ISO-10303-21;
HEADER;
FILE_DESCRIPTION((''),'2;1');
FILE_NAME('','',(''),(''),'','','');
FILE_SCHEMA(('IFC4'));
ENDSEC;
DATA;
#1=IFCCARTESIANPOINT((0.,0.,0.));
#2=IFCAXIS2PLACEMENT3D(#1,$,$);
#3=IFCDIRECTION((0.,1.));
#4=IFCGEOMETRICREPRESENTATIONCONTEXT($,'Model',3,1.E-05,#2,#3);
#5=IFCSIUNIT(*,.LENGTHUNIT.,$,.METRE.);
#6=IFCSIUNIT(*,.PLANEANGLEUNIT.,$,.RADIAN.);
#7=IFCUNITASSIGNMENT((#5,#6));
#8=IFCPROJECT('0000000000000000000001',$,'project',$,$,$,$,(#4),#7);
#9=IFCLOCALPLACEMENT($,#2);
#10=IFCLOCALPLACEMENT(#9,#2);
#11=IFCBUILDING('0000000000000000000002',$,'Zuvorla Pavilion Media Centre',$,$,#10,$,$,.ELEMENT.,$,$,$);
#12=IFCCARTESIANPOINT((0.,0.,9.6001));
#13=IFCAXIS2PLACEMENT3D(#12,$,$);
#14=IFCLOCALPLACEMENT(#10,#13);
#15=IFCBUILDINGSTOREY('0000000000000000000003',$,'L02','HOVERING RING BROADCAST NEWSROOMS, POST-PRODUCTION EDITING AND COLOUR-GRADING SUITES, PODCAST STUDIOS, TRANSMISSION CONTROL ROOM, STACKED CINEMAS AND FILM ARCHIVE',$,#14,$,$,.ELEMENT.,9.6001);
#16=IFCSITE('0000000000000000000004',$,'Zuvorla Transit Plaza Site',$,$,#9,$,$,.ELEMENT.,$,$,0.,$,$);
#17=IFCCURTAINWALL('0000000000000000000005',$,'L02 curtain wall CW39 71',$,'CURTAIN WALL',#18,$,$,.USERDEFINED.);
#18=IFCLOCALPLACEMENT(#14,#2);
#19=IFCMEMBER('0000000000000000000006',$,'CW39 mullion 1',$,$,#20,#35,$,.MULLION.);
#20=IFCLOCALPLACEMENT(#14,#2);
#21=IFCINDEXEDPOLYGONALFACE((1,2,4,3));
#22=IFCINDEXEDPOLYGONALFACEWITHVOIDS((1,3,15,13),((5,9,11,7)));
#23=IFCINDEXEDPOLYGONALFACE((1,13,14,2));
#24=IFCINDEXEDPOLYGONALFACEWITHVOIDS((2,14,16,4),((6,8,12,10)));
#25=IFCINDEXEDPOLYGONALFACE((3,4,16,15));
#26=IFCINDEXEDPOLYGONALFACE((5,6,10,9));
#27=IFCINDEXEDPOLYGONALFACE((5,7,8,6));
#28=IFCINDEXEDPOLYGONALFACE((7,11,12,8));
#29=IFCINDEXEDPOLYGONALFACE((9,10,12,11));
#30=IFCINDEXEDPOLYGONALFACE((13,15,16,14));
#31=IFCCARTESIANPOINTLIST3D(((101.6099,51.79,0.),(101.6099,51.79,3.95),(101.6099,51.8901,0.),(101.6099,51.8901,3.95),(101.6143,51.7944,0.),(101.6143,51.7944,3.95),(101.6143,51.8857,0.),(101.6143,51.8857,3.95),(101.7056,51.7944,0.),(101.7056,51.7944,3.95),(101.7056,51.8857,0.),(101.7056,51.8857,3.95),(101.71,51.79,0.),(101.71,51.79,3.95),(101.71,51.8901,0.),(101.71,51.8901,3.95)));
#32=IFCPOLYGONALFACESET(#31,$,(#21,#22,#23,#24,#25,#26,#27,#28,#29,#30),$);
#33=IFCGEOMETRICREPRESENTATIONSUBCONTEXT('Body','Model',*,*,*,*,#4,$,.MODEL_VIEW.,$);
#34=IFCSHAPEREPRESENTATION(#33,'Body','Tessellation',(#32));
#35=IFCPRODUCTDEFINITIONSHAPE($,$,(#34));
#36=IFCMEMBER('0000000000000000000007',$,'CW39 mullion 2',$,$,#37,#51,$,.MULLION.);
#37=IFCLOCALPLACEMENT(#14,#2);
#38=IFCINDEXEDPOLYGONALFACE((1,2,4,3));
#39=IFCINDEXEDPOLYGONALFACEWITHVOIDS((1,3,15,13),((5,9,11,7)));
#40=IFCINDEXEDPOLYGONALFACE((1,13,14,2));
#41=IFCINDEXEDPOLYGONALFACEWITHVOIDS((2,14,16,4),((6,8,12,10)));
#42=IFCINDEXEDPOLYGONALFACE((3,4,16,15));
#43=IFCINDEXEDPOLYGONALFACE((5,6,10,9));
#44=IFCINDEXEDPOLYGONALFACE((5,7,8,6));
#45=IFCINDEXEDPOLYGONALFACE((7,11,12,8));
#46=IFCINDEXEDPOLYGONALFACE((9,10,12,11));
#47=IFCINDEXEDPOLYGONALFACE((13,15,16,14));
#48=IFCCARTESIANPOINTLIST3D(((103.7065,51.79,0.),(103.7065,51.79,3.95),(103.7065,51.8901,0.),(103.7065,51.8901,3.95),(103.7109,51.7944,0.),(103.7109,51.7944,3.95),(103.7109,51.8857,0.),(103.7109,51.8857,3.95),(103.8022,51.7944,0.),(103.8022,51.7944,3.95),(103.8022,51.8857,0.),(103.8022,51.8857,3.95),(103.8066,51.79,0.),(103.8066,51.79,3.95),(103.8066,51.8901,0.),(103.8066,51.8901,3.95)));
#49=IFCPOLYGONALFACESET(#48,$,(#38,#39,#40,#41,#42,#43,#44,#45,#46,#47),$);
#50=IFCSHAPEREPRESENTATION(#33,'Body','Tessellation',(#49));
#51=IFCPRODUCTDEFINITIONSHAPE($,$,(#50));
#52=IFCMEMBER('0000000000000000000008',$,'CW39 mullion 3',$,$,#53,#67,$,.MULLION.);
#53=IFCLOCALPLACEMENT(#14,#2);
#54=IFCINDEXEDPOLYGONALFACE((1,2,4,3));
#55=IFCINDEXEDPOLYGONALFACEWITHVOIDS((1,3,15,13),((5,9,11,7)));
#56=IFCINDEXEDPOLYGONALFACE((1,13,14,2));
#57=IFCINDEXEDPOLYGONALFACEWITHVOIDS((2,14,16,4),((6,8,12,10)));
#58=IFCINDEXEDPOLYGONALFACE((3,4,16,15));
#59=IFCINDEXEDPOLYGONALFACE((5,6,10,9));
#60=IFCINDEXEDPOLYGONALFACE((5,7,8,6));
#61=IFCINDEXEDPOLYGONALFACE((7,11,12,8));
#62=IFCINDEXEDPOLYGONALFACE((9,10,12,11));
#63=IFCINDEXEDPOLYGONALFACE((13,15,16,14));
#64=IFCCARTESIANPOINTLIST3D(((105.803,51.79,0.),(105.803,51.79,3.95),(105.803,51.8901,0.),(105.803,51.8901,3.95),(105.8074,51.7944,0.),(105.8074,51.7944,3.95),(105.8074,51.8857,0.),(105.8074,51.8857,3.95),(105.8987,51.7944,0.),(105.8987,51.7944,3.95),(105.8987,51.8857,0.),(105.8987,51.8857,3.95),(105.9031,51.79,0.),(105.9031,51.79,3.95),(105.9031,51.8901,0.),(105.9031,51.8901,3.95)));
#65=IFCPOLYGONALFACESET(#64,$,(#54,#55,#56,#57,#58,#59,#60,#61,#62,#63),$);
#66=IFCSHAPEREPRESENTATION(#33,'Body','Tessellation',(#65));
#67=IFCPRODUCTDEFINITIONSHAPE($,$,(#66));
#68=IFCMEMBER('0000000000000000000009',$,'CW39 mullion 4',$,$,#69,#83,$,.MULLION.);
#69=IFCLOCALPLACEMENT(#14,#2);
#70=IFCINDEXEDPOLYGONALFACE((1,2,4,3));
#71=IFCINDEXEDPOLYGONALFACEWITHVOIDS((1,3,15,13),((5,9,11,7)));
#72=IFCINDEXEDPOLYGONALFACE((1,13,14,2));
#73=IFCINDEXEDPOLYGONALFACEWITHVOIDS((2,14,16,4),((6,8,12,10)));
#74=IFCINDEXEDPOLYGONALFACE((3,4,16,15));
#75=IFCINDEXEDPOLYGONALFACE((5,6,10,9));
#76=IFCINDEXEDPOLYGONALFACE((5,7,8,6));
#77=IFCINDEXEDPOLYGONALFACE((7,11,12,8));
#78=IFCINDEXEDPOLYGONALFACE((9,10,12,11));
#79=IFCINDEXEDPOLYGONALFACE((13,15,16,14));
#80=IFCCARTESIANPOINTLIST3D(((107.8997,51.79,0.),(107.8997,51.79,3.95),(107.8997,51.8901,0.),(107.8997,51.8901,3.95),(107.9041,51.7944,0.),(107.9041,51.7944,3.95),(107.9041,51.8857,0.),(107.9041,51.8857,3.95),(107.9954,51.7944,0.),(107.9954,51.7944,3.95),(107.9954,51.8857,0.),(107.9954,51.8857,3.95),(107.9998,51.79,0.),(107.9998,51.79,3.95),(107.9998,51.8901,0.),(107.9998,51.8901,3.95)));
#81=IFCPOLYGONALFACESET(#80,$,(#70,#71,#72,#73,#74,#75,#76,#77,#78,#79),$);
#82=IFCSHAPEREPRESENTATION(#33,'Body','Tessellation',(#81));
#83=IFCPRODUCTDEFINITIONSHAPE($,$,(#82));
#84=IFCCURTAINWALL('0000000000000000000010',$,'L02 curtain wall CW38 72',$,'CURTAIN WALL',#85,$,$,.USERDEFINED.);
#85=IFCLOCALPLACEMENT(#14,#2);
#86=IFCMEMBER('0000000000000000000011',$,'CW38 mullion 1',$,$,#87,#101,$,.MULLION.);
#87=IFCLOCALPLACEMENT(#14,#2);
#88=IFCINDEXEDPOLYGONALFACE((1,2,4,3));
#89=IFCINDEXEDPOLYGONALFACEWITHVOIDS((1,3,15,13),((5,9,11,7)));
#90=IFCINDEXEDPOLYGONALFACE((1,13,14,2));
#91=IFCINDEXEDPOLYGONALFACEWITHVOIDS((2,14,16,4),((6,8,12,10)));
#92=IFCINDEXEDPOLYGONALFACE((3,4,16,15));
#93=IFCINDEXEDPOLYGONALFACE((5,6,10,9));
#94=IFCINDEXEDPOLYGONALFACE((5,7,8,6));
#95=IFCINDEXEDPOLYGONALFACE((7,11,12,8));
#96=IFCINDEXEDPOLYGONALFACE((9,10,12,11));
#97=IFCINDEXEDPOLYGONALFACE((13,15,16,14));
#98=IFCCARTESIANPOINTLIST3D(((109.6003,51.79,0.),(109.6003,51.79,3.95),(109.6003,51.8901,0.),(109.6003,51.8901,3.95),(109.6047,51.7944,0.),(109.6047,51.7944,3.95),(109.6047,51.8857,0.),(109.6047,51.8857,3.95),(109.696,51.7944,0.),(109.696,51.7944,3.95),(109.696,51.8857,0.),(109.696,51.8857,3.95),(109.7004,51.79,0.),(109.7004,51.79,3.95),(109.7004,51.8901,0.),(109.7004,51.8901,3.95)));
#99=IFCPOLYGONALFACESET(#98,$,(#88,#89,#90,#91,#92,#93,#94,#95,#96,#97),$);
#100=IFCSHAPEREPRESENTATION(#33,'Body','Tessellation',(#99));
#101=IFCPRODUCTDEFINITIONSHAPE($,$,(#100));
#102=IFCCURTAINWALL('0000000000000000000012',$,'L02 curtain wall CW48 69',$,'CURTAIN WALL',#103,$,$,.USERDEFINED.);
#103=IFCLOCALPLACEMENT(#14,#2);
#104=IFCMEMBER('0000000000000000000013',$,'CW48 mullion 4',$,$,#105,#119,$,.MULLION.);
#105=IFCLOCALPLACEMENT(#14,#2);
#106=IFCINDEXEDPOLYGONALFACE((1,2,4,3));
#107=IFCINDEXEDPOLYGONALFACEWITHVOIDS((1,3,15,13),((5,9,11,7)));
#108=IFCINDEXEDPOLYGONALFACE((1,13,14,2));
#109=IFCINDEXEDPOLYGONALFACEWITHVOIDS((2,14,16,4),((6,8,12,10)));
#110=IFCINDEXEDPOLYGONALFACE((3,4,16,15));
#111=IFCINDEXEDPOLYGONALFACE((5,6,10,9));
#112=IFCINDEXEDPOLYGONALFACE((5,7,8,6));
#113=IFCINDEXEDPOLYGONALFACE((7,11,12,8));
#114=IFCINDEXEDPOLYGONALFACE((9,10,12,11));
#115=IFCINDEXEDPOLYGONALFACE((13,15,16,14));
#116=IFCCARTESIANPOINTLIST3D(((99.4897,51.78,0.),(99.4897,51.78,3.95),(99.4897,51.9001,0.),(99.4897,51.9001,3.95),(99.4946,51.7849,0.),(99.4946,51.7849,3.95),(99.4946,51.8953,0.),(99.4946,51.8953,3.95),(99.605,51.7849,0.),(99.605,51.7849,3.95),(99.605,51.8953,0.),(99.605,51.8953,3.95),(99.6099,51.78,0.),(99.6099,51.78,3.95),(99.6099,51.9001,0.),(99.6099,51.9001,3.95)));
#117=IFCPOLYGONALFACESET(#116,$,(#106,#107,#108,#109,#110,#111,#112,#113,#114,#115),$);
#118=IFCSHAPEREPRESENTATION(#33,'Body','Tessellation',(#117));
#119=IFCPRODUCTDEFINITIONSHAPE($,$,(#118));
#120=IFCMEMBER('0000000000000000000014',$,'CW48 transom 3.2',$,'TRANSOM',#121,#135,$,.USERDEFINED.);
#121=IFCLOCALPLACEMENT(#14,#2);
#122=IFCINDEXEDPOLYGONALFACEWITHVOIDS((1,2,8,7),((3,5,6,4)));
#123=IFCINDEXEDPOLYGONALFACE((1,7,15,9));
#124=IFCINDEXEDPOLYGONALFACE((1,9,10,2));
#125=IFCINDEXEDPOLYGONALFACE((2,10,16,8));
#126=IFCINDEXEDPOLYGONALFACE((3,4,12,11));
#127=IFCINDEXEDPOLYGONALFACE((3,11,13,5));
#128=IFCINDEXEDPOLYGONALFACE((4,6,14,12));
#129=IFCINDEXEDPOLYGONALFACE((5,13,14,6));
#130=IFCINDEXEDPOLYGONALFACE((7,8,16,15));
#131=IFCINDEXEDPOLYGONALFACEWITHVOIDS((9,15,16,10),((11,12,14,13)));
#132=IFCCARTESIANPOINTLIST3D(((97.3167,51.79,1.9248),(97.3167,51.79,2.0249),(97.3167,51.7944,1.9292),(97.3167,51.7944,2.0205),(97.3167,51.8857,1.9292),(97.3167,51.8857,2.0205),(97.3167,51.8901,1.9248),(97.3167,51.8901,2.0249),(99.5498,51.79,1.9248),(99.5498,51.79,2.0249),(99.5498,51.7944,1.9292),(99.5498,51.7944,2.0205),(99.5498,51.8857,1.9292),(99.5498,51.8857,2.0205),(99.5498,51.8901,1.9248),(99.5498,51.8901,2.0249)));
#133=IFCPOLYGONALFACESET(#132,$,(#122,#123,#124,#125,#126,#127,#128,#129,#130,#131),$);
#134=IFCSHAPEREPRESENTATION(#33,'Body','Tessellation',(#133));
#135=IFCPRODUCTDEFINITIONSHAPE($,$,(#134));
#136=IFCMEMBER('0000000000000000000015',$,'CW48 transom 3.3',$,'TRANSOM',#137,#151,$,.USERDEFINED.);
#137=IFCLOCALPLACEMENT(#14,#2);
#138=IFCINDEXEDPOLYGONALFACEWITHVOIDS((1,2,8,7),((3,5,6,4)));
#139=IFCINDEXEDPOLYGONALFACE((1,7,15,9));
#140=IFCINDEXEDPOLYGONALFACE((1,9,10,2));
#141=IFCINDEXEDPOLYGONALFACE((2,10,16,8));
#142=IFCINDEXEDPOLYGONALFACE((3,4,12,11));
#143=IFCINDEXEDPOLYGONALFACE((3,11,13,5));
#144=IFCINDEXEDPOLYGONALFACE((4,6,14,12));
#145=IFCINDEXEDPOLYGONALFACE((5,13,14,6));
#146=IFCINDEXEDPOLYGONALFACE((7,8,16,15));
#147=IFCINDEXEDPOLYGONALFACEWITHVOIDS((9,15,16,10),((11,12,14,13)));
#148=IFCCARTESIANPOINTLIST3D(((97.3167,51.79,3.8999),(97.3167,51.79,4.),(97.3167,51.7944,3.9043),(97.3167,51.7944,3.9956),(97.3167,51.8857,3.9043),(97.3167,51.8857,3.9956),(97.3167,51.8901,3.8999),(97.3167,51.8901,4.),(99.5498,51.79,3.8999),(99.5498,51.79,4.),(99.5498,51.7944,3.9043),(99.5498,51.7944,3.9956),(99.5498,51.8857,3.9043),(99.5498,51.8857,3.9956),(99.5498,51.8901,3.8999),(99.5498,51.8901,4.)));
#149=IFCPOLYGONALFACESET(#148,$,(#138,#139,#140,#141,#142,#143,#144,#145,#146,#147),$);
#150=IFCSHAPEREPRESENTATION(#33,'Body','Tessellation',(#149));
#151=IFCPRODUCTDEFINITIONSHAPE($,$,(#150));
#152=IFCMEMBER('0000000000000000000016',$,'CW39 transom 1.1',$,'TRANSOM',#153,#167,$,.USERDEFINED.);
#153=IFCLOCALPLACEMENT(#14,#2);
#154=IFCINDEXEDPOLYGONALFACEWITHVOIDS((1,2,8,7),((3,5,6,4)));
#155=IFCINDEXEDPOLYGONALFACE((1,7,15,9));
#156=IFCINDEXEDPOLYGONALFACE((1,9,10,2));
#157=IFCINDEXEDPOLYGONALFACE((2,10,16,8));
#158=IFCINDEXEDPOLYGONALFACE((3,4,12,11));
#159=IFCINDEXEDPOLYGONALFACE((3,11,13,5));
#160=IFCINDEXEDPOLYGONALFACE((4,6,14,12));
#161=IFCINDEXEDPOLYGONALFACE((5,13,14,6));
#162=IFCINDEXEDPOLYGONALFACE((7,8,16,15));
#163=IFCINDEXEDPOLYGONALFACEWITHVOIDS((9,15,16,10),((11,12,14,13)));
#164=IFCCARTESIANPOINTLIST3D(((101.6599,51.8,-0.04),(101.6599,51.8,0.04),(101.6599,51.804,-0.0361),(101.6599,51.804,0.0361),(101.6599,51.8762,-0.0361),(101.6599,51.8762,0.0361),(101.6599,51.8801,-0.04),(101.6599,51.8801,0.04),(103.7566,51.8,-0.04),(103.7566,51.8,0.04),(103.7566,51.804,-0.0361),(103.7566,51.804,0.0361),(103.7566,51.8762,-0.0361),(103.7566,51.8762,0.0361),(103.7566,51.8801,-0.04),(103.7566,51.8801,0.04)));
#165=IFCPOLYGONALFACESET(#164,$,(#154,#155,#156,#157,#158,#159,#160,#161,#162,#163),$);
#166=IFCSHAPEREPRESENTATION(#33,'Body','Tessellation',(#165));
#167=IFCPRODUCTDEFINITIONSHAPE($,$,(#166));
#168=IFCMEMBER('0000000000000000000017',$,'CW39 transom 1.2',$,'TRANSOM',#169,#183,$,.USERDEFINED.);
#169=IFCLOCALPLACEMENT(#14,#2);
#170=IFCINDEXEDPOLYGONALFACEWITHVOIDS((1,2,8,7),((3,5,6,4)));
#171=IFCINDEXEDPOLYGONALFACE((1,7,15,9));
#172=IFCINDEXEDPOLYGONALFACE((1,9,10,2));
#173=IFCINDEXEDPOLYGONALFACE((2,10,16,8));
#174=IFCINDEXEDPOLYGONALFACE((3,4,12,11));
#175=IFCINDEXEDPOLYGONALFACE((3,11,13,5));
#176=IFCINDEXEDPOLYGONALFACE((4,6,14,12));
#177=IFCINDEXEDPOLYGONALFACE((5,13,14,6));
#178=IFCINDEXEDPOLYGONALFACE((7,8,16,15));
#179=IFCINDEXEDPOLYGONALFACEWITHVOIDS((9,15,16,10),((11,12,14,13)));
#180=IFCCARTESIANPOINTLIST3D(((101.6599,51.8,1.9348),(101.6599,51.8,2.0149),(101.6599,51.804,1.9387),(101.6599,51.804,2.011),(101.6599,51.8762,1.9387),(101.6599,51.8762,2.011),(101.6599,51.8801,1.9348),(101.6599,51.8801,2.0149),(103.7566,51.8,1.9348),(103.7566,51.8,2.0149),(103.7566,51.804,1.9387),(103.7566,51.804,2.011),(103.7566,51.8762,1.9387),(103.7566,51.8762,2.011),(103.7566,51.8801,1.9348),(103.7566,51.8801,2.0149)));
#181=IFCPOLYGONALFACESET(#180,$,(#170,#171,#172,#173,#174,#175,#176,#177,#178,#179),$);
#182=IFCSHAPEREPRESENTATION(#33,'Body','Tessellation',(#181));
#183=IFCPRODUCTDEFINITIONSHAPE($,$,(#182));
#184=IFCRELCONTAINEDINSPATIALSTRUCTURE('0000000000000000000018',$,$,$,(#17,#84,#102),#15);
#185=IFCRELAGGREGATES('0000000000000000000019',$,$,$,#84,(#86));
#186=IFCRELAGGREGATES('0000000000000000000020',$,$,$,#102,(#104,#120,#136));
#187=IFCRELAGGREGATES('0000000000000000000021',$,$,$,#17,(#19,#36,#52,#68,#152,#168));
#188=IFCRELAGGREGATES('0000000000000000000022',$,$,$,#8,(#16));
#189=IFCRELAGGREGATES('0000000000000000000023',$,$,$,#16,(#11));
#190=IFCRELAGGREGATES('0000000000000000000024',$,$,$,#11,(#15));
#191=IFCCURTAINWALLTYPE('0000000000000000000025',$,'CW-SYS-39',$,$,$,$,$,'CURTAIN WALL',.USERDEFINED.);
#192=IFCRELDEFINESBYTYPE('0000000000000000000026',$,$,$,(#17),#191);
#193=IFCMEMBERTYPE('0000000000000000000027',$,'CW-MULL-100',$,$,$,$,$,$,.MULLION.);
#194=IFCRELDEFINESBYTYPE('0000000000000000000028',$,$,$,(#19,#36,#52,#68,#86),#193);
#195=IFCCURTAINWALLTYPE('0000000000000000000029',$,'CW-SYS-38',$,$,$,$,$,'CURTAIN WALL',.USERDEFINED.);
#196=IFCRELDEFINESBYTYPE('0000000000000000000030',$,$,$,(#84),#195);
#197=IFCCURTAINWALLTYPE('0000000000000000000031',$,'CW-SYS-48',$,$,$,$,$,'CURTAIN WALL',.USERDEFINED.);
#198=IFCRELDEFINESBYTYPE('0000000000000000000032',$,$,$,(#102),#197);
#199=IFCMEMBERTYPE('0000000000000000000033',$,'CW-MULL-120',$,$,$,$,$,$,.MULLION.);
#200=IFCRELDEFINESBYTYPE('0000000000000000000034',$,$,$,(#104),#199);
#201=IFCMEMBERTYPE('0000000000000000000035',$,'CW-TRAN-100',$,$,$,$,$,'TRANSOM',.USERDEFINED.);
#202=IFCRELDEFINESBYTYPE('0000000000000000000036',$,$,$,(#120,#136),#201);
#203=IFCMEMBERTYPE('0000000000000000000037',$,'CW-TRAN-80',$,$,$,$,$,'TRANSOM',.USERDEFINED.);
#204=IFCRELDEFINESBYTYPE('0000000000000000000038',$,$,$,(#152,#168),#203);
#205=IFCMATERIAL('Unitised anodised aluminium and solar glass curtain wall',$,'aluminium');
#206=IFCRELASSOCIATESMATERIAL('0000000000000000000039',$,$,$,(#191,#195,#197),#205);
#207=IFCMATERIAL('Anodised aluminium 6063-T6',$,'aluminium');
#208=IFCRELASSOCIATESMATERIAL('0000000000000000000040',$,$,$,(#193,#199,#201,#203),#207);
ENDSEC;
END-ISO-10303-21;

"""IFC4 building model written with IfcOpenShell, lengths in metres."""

from ifc_helpers import new_model, si_unit, direction, frame, origin, origin_2d, place, context, subcontext, project, spatial, hollow_rectangle, extrude, material, material_profile, profile_set, type_object, element, aggregate, save


model = new_model("IFC4")

# Units and contexts
model_context = context("Model", 3, precision=1e-05, world=origin(), true_north=direction((0.0, 1.0)))
body_context = subcontext(model_context, "Body", "Model", "MODEL_VIEW")
ifc_project = project(units=[si_unit("LENGTHUNIT", "METRE"), si_unit("PLANEANGLEUNIT", "RADIAN")], contexts=[model_context])

# Site, building, storey
site_placement = place(None, origin())
site = spatial("IfcSite", under=ifc_project, at=site_placement, Name="Zuvorla Transit Plaza Site", CompositionType="ELEMENT", RefElevation=0.0)
building_placement = place(site_placement, origin())
building = spatial("IfcBuilding", under=site, at=building_placement, Name="Zuvorla Pavilion Media Centre", CompositionType="ELEMENT")
storey_placement = place(building_placement, frame((0.0, 0.0, 9.6001)))
storey = spatial("IfcBuildingStorey", under=building, at=storey_placement, Name="L02", Description="HOVERING RING BROADCAST NEWSROOMS, POST-PRODUCTION EDITING AND COLOUR-GRADING SUITES, PODCAST STUDIOS, TRANSMISSION CONTROL ROOM, STACKED CINEMAS AND FILM ARCHIVE", CompositionType="ELEMENT", Elevation=9.6001)

# Curtain wall, members
ifc_material_1 = material(Name="Unitised anodised aluminium and solar glass curtain wall", Category="aluminium")
curtain_wall_type_1 = type_object("IfcCurtainWallType", Name="CW-SYS-39", ElementType="CURTAIN WALL", PredefinedType="USERDEFINED", material=ifc_material_1)
curtain_wall_1_placement = place(storey_placement, origin())
curtain_wall_1 = element("IfcCurtainWall", 1, at=curtain_wall_1_placement, inside=storey, type_object=curtain_wall_type_1, Name="L02 curtain wall CW39 71", ObjectType="CURTAIN WALL", PredefinedType="USERDEFINED")
ifc_material_2 = material(Name="Anodised aluminium 6063-T6", Category="aluminium")
ifc_material_profile_1 = material_profile(ifc_material_2, hollow_rectangle(XDim=0.1001, YDim=0.1001, WallThickness=0.0044, at=origin_2d()), Name="ALU MULL 100x100")
ifc_profile_set_1 = profile_set([ifc_material_profile_1], Name="Anodised aluminium 6063-T6")
member_type_1 = type_object("IfcMemberType", Name="CW-MULL-100", PredefinedType="MULLION", material=ifc_profile_set_1)
member_1_placement = place(storey_placement, frame((101.6599, 51.8401, 0.0), z_axis=(0.0, 0.0, 1.0), x_axis=(1.0, 0.0, 0.0)))
member_1 = element("IfcMember", 2, at=member_1_placement, type_object=member_type_1, Name="CW39 mullion 1", PredefinedType="MULLION", context=body_context, shape_type="SweptSolid", body=[
    extrude(hollow_rectangle(XDim=0.1001, YDim=0.1001, WallThickness=0.0044, at=origin_2d()), origin(), (0.0, 0.0, 1.0), 3.95),
])
member_2_placement = place(storey_placement, frame((103.7566, 51.8401, 0.0), z_axis=(0.0, 0.0, 1.0), x_axis=(1.0, 0.0, 0.0)))
member_2 = element("IfcMember", 3, at=member_2_placement, type_object=member_type_1, Name="CW39 mullion 2", PredefinedType="MULLION", context=body_context, shape_type="SweptSolid", body=[
    extrude(hollow_rectangle(XDim=0.1001, YDim=0.1001, WallThickness=0.0044, at=origin_2d()), origin(), (0.0, 0.0, 1.0), 3.95),
])
member_3_placement = place(storey_placement, frame((105.853, 51.8401, 0.0), z_axis=(0.0, 0.0, 1.0), x_axis=(1.0, 0.0, 0.0)))
member_3 = element("IfcMember", 4, at=member_3_placement, type_object=member_type_1, Name="CW39 mullion 3", PredefinedType="MULLION", context=body_context, shape_type="SweptSolid", body=[
    extrude(hollow_rectangle(XDim=0.1001, YDim=0.1001, WallThickness=0.0044, at=origin_2d()), origin(), (0.0, 0.0, 1.0), 3.95),
])
member_4_placement = place(storey_placement, frame((107.9497, 51.8401, 0.0), z_axis=(0.0, 0.0, 1.0), x_axis=(1.0, 0.0, 0.0)))
member_4 = element("IfcMember", 5, at=member_4_placement, type_object=member_type_1, Name="CW39 mullion 4", PredefinedType="MULLION", context=body_context, shape_type="SweptSolid", body=[
    extrude(hollow_rectangle(XDim=0.1001, YDim=0.1001, WallThickness=0.0044, at=origin_2d()), origin(), (0.0, 0.0, 1.0), 3.95),
])

# Curtain wall, member
curtain_wall_type_2 = type_object("IfcCurtainWallType", Name="CW-SYS-38", ElementType="CURTAIN WALL", PredefinedType="USERDEFINED", material=ifc_material_1)
curtain_wall_2_placement = place(storey_placement, origin())
curtain_wall_2 = element("IfcCurtainWall", 6, at=curtain_wall_2_placement, inside=storey, type_object=curtain_wall_type_2, Name="L02 curtain wall CW38 72", ObjectType="CURTAIN WALL", PredefinedType="USERDEFINED")
member_5_placement = place(storey_placement, frame((109.6504, 51.8401, 0.0), z_axis=(0.0, 0.0, 1.0), x_axis=(1.0, 0.0, 0.0)))
member_5 = element("IfcMember", 7, at=member_5_placement, type_object=member_type_1, Name="CW38 mullion 1", PredefinedType="MULLION", context=body_context, shape_type="SweptSolid", body=[
    extrude(hollow_rectangle(XDim=0.1001, YDim=0.1001, WallThickness=0.0044, at=origin_2d()), origin(), (0.0, 0.0, 1.0), 3.95),
])

# Curtain wall, members
curtain_wall_type_3 = type_object("IfcCurtainWallType", Name="CW-SYS-48", ElementType="CURTAIN WALL", PredefinedType="USERDEFINED", material=ifc_material_1)
curtain_wall_3_placement = place(storey_placement, origin())
curtain_wall_3 = element("IfcCurtainWall", 8, at=curtain_wall_3_placement, inside=storey, type_object=curtain_wall_type_3, Name="L02 curtain wall CW48 69", ObjectType="CURTAIN WALL", PredefinedType="USERDEFINED")
ifc_material_profile_2 = material_profile(ifc_material_2, hollow_rectangle(XDim=0.1201, YDim=0.1201, WallThickness=0.0049, at=origin_2d()), Name="ALU MULL 120x120")
ifc_profile_set_2 = profile_set([ifc_material_profile_2], Name="Anodised aluminium 6063-T6")
member_type_2 = type_object("IfcMemberType", Name="CW-MULL-120", PredefinedType="MULLION", material=ifc_profile_set_2)
member_6_placement = place(storey_placement, frame((99.5498, 51.8401, 0.0), z_axis=(0.0, 0.0, 1.0), x_axis=(1.0, 0.0, 0.0)))
member_6 = element("IfcMember", 9, at=member_6_placement, type_object=member_type_2, Name="CW48 mullion 4", PredefinedType="MULLION", context=body_context, shape_type="SweptSolid", body=[
    extrude(hollow_rectangle(XDim=0.1201, YDim=0.1201, WallThickness=0.0049, at=origin_2d()), origin(), (0.0, 0.0, 1.0), 3.95),
])
ifc_material_profile_3 = material_profile(ifc_material_2, hollow_rectangle(XDim=0.1001, YDim=0.1001, WallThickness=0.0044, at=origin_2d()), Name="ALU TRAN 100x100")
ifc_profile_set_3 = profile_set([ifc_material_profile_3], Name="Anodised aluminium 6063-T6")
member_type_3 = type_object("IfcMemberType", Name="CW-TRAN-100", ElementType="TRANSOM", PredefinedType="USERDEFINED", material=ifc_profile_set_3)
member_7_placement = place(storey_placement, frame((97.3167, 51.8401, 1.9749), z_axis=(1.0, 0.0, 0.0), x_axis=(0.0, 1.0, 0.0)))
member_7 = element("IfcMember", 10, at=member_7_placement, type_object=member_type_3, Name="CW48 transom 3.2", ObjectType="TRANSOM", PredefinedType="USERDEFINED", context=body_context, shape_type="SweptSolid", body=[
    extrude(hollow_rectangle(XDim=0.1001, YDim=0.1001, WallThickness=0.0044, at=origin_2d()), origin(), (0.0, 0.0, 1.0), 2.2332),
])
member_8_placement = place(storey_placement, frame((97.3167, 51.8401, 3.95), z_axis=(1.0, 0.0, 0.0), x_axis=(0.0, 1.0, 0.0)))
member_8 = element("IfcMember", 11, at=member_8_placement, type_object=member_type_3, Name="CW48 transom 3.3", ObjectType="TRANSOM", PredefinedType="USERDEFINED", context=body_context, shape_type="SweptSolid", body=[
    extrude(hollow_rectangle(XDim=0.1001, YDim=0.1001, WallThickness=0.0044, at=origin_2d()), origin(), (0.0, 0.0, 1.0), 2.2332),
])

# Members
ifc_material_profile_4 = material_profile(ifc_material_2, hollow_rectangle(XDim=0.0801, YDim=0.0801, WallThickness=0.0039, at=origin_2d()), Name="ALU TRAN 80x80")
ifc_profile_set_4 = profile_set([ifc_material_profile_4], Name="Anodised aluminium 6063-T6")
member_type_4 = type_object("IfcMemberType", Name="CW-TRAN-80", ElementType="TRANSOM", PredefinedType="USERDEFINED", material=ifc_profile_set_4)
member_9_placement = place(storey_placement, frame((101.6599, 51.8401, 0.0), z_axis=(1.0, 0.0, 0.0), x_axis=(0.0, 1.0, 0.0)))
member_9 = element("IfcMember", 12, at=member_9_placement, type_object=member_type_4, Name="CW39 transom 1.1", ObjectType="TRANSOM", PredefinedType="USERDEFINED", context=body_context, shape_type="SweptSolid", body=[
    extrude(hollow_rectangle(XDim=0.0801, YDim=0.0801, WallThickness=0.0039, at=origin_2d()), origin(), (0.0, 0.0, 1.0), 2.0967),
])
member_10_placement = place(storey_placement, frame((101.6599, 51.8401, 1.9749), z_axis=(1.0, 0.0, 0.0), x_axis=(0.0, 1.0, 0.0)))
member_10 = element("IfcMember", 13, at=member_10_placement, type_object=member_type_4, Name="CW39 transom 1.2", ObjectType="TRANSOM", PredefinedType="USERDEFINED", context=body_context, shape_type="SweptSolid", body=[
    extrude(hollow_rectangle(XDim=0.0801, YDim=0.0801, WallThickness=0.0039, at=origin_2d()), origin(), (0.0, 0.0, 1.0), 2.0967),
])
aggregate(curtain_wall_2, [member_5])

aggregate(curtain_wall_3, [member_6, member_7, member_8])
aggregate(curtain_wall_1, [member_1, member_2, member_3, member_4, member_9, member_10])

save(model, "model.ifc")
